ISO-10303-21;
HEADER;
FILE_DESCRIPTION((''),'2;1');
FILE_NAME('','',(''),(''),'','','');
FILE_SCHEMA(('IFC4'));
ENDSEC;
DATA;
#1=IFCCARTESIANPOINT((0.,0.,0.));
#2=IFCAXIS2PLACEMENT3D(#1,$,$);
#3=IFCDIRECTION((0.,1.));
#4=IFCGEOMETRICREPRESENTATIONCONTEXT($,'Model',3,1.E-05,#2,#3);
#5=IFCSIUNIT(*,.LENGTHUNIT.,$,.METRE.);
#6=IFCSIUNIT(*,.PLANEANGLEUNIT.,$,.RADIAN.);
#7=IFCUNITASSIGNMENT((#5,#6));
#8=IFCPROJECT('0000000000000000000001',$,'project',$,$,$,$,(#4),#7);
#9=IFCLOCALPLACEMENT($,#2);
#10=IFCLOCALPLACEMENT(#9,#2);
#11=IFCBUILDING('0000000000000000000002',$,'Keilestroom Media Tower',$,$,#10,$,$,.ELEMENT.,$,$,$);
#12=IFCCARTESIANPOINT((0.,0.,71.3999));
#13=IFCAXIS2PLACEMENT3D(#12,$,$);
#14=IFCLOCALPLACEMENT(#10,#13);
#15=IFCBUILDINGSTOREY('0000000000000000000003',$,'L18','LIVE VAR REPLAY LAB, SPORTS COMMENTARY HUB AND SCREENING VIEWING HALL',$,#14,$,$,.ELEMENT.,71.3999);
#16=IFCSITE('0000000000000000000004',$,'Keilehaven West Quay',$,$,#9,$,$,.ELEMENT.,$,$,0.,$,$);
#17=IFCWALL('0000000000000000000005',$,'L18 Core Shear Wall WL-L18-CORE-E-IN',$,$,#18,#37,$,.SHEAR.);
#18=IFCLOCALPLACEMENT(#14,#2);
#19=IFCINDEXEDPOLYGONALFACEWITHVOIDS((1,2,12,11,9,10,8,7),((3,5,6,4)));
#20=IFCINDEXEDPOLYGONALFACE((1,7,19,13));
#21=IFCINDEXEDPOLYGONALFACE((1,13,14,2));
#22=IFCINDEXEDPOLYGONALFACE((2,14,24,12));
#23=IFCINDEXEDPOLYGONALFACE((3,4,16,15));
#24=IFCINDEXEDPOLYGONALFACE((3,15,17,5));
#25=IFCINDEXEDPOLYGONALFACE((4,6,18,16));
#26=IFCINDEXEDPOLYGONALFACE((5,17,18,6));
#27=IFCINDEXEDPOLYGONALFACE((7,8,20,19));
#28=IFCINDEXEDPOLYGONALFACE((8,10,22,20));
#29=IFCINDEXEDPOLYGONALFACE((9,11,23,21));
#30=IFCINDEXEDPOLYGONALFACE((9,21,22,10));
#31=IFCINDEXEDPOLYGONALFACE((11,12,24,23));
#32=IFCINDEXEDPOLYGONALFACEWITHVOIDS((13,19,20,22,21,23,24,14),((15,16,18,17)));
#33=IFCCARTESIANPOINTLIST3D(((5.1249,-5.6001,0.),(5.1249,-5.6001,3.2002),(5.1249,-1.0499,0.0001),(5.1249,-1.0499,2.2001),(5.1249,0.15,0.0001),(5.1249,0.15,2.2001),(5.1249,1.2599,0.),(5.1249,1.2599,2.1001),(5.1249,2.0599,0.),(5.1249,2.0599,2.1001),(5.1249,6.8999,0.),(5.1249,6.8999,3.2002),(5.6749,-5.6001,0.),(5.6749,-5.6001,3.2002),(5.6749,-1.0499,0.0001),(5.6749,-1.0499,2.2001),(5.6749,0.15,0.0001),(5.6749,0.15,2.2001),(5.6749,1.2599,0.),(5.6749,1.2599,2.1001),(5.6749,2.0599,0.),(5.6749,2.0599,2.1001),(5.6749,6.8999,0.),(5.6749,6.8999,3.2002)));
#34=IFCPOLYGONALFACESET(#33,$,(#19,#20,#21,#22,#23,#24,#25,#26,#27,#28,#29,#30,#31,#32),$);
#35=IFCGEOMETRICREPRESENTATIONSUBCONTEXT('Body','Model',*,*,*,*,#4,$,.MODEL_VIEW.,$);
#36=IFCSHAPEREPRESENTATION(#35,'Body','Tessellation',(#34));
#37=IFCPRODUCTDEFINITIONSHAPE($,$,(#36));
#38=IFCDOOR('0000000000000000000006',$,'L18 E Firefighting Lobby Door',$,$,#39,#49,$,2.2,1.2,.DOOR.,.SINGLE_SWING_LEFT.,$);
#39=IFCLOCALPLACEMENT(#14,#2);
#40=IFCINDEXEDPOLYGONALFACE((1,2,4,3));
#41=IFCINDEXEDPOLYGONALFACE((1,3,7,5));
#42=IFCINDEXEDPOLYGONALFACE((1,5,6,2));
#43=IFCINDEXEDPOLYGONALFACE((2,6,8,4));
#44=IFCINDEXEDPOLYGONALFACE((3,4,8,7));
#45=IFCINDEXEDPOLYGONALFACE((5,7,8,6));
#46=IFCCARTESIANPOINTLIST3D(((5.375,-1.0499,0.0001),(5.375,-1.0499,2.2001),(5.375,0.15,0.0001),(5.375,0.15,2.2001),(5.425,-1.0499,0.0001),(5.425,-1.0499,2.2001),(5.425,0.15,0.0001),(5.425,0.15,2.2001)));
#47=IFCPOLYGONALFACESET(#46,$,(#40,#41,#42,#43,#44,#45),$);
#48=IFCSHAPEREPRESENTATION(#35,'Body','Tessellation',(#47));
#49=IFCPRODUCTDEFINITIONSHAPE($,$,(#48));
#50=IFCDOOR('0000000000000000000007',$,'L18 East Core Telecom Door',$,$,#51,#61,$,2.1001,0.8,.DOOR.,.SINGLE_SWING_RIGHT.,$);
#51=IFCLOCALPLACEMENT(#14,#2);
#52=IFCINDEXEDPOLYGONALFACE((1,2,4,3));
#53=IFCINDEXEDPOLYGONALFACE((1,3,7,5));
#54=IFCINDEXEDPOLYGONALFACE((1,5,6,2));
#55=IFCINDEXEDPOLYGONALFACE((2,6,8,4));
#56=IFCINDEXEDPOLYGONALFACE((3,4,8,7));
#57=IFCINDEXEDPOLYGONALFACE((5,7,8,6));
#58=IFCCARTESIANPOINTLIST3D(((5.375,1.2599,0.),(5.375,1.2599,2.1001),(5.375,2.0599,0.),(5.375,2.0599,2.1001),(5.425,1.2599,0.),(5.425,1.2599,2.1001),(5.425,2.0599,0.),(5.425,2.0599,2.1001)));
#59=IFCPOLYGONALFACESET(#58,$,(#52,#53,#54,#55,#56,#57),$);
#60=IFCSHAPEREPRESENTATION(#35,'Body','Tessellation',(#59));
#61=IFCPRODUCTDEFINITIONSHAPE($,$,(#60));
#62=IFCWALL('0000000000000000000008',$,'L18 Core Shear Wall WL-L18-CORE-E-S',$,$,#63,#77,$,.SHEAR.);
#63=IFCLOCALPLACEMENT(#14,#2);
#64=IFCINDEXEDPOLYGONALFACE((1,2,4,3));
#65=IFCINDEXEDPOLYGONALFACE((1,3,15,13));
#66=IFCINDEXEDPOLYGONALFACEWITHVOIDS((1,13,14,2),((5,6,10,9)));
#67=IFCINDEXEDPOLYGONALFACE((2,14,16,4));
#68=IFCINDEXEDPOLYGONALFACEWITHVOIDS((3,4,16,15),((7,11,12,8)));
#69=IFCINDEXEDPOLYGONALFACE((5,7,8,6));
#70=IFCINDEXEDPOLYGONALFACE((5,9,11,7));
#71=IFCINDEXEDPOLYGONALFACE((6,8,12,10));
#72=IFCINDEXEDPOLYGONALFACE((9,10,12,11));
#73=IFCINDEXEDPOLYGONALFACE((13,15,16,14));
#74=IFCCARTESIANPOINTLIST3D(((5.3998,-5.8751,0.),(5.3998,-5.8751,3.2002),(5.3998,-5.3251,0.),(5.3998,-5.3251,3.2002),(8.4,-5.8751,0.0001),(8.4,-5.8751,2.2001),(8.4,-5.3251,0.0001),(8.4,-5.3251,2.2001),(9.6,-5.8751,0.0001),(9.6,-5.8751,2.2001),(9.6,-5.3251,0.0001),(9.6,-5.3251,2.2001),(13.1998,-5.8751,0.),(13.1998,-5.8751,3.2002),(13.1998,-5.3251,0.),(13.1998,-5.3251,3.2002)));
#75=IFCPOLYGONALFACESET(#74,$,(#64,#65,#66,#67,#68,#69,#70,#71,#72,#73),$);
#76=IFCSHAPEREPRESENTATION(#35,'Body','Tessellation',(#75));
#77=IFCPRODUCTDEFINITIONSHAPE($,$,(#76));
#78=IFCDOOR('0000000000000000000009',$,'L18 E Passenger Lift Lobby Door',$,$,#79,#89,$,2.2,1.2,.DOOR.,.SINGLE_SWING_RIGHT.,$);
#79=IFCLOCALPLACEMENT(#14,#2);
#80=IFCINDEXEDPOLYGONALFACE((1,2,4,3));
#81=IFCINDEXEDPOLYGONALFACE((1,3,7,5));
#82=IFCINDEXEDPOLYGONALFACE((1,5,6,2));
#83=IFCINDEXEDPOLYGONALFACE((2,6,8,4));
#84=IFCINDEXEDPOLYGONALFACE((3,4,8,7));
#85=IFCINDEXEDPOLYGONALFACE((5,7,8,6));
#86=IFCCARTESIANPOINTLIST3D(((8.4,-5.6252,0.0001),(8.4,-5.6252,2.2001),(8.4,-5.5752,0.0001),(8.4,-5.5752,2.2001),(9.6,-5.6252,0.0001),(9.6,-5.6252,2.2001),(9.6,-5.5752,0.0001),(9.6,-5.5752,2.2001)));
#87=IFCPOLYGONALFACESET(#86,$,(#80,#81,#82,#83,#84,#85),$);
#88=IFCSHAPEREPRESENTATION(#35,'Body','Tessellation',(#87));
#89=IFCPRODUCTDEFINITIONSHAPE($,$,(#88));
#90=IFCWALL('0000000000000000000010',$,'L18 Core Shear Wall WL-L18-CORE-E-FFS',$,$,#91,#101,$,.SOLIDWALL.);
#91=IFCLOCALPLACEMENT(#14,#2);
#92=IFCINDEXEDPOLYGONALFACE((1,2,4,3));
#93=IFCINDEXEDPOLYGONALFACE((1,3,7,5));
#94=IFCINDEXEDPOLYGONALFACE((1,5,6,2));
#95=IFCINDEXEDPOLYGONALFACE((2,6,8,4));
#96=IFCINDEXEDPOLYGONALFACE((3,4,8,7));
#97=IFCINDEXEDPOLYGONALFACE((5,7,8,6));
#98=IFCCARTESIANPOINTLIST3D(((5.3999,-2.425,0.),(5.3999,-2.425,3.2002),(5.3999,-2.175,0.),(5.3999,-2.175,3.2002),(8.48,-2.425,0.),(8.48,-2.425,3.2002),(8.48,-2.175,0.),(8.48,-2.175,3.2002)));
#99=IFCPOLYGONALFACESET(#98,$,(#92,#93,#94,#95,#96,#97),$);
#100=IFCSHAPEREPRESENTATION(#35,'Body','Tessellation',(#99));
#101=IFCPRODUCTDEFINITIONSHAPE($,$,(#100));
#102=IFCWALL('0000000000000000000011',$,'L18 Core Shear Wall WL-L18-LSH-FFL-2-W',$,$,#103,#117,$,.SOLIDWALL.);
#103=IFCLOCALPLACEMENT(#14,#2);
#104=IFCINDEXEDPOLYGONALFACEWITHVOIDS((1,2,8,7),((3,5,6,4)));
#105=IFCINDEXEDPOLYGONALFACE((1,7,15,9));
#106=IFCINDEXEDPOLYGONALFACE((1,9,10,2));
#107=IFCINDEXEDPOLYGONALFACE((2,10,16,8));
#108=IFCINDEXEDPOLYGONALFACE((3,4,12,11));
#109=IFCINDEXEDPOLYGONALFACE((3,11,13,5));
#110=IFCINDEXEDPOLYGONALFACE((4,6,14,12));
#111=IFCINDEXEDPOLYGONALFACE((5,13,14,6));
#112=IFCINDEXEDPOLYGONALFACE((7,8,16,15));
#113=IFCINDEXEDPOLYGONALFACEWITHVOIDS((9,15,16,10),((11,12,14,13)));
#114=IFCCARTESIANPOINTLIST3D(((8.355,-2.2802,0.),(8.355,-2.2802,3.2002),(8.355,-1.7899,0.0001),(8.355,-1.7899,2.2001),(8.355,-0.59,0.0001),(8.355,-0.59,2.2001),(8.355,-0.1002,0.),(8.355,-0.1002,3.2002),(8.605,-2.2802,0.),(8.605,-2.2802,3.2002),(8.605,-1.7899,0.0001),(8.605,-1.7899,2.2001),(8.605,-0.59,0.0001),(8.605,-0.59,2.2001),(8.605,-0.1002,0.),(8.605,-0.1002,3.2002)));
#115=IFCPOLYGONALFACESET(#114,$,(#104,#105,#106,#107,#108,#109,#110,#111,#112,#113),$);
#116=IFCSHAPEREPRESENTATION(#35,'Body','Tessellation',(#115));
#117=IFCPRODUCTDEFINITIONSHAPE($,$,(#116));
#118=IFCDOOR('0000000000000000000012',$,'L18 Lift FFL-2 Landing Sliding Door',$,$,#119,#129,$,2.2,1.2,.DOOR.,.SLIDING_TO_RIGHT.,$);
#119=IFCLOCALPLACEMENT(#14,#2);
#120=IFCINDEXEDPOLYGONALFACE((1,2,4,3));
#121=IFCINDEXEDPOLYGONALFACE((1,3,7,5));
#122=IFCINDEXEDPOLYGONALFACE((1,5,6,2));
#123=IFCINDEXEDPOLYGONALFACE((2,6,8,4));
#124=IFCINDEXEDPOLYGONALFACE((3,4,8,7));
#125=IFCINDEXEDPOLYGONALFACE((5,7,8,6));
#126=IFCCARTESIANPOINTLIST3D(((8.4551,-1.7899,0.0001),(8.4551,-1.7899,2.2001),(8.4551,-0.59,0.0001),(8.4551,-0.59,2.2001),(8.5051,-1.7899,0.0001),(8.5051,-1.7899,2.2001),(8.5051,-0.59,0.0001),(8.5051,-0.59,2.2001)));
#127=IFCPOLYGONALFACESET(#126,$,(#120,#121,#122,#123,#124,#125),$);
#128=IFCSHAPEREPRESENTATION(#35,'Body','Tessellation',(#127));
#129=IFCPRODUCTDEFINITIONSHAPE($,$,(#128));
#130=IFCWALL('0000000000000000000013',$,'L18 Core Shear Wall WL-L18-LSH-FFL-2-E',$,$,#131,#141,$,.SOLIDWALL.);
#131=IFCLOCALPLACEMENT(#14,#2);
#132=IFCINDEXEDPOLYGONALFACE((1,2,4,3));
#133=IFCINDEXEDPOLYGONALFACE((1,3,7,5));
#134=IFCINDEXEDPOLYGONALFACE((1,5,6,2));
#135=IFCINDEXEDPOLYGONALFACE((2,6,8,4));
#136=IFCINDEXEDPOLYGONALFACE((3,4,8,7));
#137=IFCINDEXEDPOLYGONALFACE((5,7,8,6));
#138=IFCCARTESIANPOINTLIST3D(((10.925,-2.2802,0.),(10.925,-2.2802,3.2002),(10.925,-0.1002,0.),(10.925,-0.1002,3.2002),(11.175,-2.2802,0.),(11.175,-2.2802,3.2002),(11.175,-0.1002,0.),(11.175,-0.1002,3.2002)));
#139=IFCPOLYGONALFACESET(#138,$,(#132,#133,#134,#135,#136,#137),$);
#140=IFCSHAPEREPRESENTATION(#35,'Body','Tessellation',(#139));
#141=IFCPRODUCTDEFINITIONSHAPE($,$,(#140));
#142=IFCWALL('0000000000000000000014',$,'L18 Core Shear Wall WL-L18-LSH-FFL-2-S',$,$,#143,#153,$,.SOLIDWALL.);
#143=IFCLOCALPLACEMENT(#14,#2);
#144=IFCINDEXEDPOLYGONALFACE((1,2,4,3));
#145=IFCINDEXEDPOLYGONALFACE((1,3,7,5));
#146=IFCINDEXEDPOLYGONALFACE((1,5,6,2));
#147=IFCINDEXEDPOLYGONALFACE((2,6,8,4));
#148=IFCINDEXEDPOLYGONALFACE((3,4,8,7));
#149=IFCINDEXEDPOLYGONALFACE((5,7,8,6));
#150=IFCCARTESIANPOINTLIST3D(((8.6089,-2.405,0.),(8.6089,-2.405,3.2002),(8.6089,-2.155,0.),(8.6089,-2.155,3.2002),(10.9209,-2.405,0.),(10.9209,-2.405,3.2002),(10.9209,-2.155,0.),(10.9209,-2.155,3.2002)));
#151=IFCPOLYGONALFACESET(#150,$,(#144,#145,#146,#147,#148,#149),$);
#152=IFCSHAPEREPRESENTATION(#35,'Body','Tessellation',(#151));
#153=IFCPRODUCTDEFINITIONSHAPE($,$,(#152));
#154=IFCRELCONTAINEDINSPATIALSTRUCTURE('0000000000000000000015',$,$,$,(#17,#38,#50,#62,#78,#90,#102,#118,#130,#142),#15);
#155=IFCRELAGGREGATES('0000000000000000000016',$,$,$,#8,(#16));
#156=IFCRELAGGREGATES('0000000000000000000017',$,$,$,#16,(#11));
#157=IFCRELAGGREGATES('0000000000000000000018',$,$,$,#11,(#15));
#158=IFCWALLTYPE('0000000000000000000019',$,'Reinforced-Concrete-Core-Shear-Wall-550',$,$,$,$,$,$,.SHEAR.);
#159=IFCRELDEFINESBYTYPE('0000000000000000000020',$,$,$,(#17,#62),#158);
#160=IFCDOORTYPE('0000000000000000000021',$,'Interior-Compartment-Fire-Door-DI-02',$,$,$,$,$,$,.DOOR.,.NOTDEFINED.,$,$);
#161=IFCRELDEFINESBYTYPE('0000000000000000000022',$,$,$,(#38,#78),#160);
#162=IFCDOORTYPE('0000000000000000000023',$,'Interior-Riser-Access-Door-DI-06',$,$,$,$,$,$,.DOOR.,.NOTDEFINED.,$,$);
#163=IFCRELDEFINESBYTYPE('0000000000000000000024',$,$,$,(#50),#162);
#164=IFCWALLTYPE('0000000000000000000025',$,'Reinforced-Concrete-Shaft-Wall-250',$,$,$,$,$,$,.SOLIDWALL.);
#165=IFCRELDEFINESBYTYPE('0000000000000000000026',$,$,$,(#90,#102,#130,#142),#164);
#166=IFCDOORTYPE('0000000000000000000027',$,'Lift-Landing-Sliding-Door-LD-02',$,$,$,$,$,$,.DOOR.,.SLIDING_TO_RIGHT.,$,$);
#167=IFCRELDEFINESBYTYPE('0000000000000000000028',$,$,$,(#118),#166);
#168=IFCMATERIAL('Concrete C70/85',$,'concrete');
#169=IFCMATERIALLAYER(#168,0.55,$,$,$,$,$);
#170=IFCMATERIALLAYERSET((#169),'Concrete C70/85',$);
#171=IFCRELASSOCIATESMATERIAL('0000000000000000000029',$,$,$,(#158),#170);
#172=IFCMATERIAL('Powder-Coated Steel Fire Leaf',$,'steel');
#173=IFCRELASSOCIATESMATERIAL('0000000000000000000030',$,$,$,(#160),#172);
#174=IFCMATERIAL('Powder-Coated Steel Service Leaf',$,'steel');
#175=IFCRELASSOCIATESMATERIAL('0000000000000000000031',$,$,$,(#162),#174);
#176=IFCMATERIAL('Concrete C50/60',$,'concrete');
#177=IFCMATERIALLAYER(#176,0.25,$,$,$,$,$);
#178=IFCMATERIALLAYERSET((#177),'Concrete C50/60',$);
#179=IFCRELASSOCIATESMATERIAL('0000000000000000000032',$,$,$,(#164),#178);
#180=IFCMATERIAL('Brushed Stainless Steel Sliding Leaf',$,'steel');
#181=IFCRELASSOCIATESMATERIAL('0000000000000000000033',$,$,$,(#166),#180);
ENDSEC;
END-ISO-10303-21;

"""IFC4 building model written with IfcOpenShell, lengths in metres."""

from ifc_helpers import new_model, si_unit, direction, frame, frame_2d, origin, place, context, subcontext, project, spatial, rectangle, extrude, source, transform, mapped, material, layer, layer_set, type_object, element, fill, save


model = new_model("IFC4")

# Units and contexts
model_context = context("Model", 3, precision=1e-05, world=origin(), true_north=direction((0.0, 1.0)))
body_context = subcontext(model_context, "Body", "Model", "MODEL_VIEW")
ifc_project = project(units=[si_unit("LENGTHUNIT", "METRE"), si_unit("PLANEANGLEUNIT", "RADIAN")], contexts=[model_context])

# Site, building, storey
site_placement = place(None, origin())
site = spatial("IfcSite", under=ifc_project, at=site_placement, Name="Keilehaven West Quay", CompositionType="ELEMENT", RefElevation=0.0)
building_placement = place(site_placement, origin())
building = spatial("IfcBuilding", under=site, at=building_placement, Name="Keilestroom Media Tower", CompositionType="ELEMENT")
storey_placement = place(building_placement, frame((0.0, 0.0, 71.3999)))
storey = spatial("IfcBuildingStorey", under=building, at=storey_placement, Name="L18", Description="LIVE VAR REPLAY LAB, SPORTS COMMENTARY HUB AND SCREENING VIEWING HALL", CompositionType="ELEMENT", Elevation=71.3999)

# Shared definitions
ifc_material_1 = material(Name="Concrete C70/85", Category="concrete")

# Wall, openings, doors
ifc_layer_1 = layer(ifc_material_1, 0.55)
ifc_layer_set_1 = layer_set([ifc_layer_1], Name="Concrete C70/85")
wall_type_1 = type_object("IfcWallType", Name="Reinforced-Concrete-Core-Shear-Wall-550", PredefinedType="SHEAR", material=ifc_layer_set_1)
wall_1_placement = place(storey_placement, frame((5.3999, -5.6001, 0.0), z_axis=(0.0, 0.0, 1.0), x_axis=(0.0, 1.0, 0.0)))
wall_1 = element("IfcWall", 1, at=wall_1_placement, inside=storey, type_object=wall_type_1, Name="L18 Core Shear Wall WL-L18-CORE-E-IN", PredefinedType="SHEAR", context=body_context, shape_type="SweptSolid", body=[
    extrude(rectangle(XDim=12.5, YDim=0.55, at=frame_2d((6.25, 0.0))), origin(), (0.0, 0.0, 1.0), 3.2002),
])
opening_1_placement = place(wall_1_placement, frame((4.55, 0.0, 0.0)))
opening_1 = element("IfcOpeningElement", 2, at=opening_1_placement, cuts=wall_1, PredefinedType="OPENING", context=body_context, shape_type="SweptSolid", body=[
    extrude(rectangle(XDim=1.2, YDim=2.2, at=frame_2d((0.6001, 1.1001))), frame((0.0, 0.2852, 0.0), z_axis=(0.0, -1.0, 0.0), x_axis=(1.0, 0.0, 0.0)), (0.0, 0.0, 1.0), 0.5701),
])
opening_2_placement = place(wall_1_placement, frame((6.8601, 0.0, 0.0)))
opening_2 = element("IfcOpeningElement", 3, at=opening_2_placement, cuts=wall_1, PredefinedType="OPENING", context=body_context, shape_type="SweptSolid", body=[
    extrude(rectangle(XDim=0.8, YDim=2.1001, at=frame_2d((0.3999, 1.05))), frame((0.0, 0.2852, 0.0), z_axis=(0.0, -1.0, 0.0), x_axis=(1.0, 0.0, 0.0)), (0.0, 0.0, 1.0), 0.5701),
])
ifc_material_2 = material(Name="Powder-Coated Steel Fire Leaf", Category="steel")
door_type_1 = type_object("IfcDoorType", Name="Interior-Compartment-Fire-Door-DI-02", OperationType="NOTDEFINED", PredefinedType="DOOR", material=ifc_material_2)
shared_shape_1 = source(origin(), body_context, "Body", "SweptSolid", [
    extrude(rectangle(XDim=1.2, YDim=2.2, at=frame_2d((0.6001, 1.1001))), frame((0.0, 0.0249, 0.0), z_axis=(0.0, -1.0, 0.0), x_axis=(1.0, 0.0, 0.0)), (0.0, 0.0, 1.0), 0.05),
])
door_1_placement = place(opening_1_placement, origin())
door_1 = element("IfcDoor", 4, at=door_1_placement, inside=storey, type_object=door_type_1, Name="L18 E Firefighting Lobby Door", OperationType="SINGLE_SWING_LEFT", OverallHeight=2.2, OverallWidth=1.2, PredefinedType="DOOR", context=body_context, shape_type="MappedRepresentation", body=[
    mapped(shared_shape_1, transform((0.0, 0.0, 0.0), x_axis=(1.0, 0.0, 0.0), y_axis=(0.0, 1.0, 0.0), z_axis=(0.0, 0.0, 1.0), scale=1.0)),
])
fill(opening_1, door_1)
ifc_material_3 = material(Name="Powder-Coated Steel Service Leaf", Category="steel")
door_type_2 = type_object("IfcDoorType", Name="Interior-Riser-Access-Door-DI-06", OperationType="NOTDEFINED", PredefinedType="DOOR", material=ifc_material_3)
shared_shape_2 = source(origin(), body_context, "Body", "SweptSolid", [
    extrude(rectangle(XDim=0.8, YDim=2.1001, at=frame_2d((0.3999, 1.05))), frame((0.0, 0.0249, 0.0), z_axis=(0.0, -1.0, 0.0), x_axis=(1.0, 0.0, 0.0)), (0.0, 0.0, 1.0), 0.05),
])
door_2_placement = place(opening_2_placement, origin())
door_2 = element("IfcDoor", 5, at=door_2_placement, inside=storey, type_object=door_type_2, Name="L18 East Core Telecom Door", OperationType="SINGLE_SWING_RIGHT", OverallHeight=2.1001, OverallWidth=0.8, PredefinedType="DOOR", context=body_context, shape_type="MappedRepresentation", body=[
    mapped(shared_shape_2, transform((0.0, 0.0, 0.0), x_axis=(1.0, 0.0, 0.0), y_axis=(0.0, 1.0, 0.0), z_axis=(0.0, 0.0, 1.0), scale=1.0)),
])
fill(opening_2, door_2)

# Wall, opening, door
wall_2_placement = place(storey_placement, frame((5.3999, -5.6001, 0.0), z_axis=(0.0, 0.0, 1.0), x_axis=(1.0, 0.0, 0.0)))
wall_2 = element("IfcWall", 6, at=wall_2_placement, inside=storey, type_object=wall_type_1, Name="L18 Core Shear Wall WL-L18-CORE-E-S", PredefinedType="SHEAR", context=body_context, shape_type="SweptSolid", body=[
    extrude(rectangle(XDim=7.8, YDim=0.55, at=frame_2d((3.8999, 0.0))), origin(), (0.0, 0.0, 1.0), 3.2002),
])
opening_3_placement = place(wall_2_placement, frame((3.0, 0.0, 0.0)))
opening_3 = element("IfcOpeningElement", 7, at=opening_3_placement, cuts=wall_2, PredefinedType="OPENING", context=body_context, shape_type="SweptSolid", body=[
    extrude(rectangle(XDim=1.2, YDim=2.2, at=frame_2d((0.6001, 1.1001))), frame((0.0, 0.2852, 0.0), z_axis=(0.0, -1.0, 0.0), x_axis=(1.0, 0.0, 0.0)), (0.0, 0.0, 1.0), 0.5701),
])
door_3_placement = place(opening_3_placement, origin())
door_3 = element("IfcDoor", 8, at=door_3_placement, inside=storey, type_object=door_type_1, Name="L18 E Passenger Lift Lobby Door", OperationType="SINGLE_SWING_RIGHT", OverallHeight=2.2, OverallWidth=1.2, PredefinedType="DOOR", context=body_context, shape_type="MappedRepresentation", body=[
    mapped(shared_shape_1, transform((0.0, 0.0, 0.0), x_axis=(1.0, 0.0, 0.0), y_axis=(0.0, 1.0, 0.0), z_axis=(0.0, 0.0, 1.0), scale=1.0)),
])
fill(opening_3, door_3)

# Wall
ifc_material_4 = material(Name="Concrete C50/60", Category="concrete")
ifc_layer_2 = layer(ifc_material_4, 0.25)
ifc_layer_set_2 = layer_set([ifc_layer_2], Name="Concrete C50/60")
wall_type_2 = type_object("IfcWallType", Name="Reinforced-Concrete-Shaft-Wall-250", PredefinedType="SOLIDWALL", material=ifc_layer_set_2)
wall_3_placement = place(storey_placement, frame((5.3999, -2.3, 0.0), z_axis=(0.0, 0.0, 1.0), x_axis=(1.0, 0.0, 0.0)))
element("IfcWall", 9, at=wall_3_placement, inside=storey, type_object=wall_type_2, Name="L18 Core Shear Wall WL-L18-CORE-E-FFS", PredefinedType="SOLIDWALL", context=body_context, shape_type="SweptSolid", body=[
    extrude(rectangle(XDim=3.0801, YDim=0.25, at=frame_2d((1.54, 0.0))), origin(), (0.0, 0.0, 1.0), 3.2002),
])

# Wall, opening, door
wall_4_placement = place(storey_placement, frame((8.48, -2.28, 0.0), z_axis=(0.0, 0.0, 1.0), x_axis=(0.0, 1.0, 0.0)))
wall_4 = element("IfcWall", 10, at=wall_4_placement, inside=storey, type_object=wall_type_2, Name="L18 Core Shear Wall WL-L18-LSH-FFL-2-W", PredefinedType="SOLIDWALL", context=body_context, shape_type="SweptSolid", body=[
    extrude(rectangle(XDim=2.1799, YDim=0.25, at=frame_2d((1.0898, 0.0))), origin(), (0.0, 0.0, 1.0), 3.2002),
])
opening_4_placement = place(wall_4_placement, frame((0.49, 0.0, 0.0)))
opening_4 = element("IfcOpeningElement", 11, at=opening_4_placement, cuts=wall_4, PredefinedType="OPENING", context=body_context, shape_type="SweptSolid", body=[
    extrude(rectangle(XDim=1.2, YDim=2.2, at=frame_2d((0.6001, 1.1001))), frame((0.0, 0.135, 0.0), z_axis=(0.0, -1.0, 0.0), x_axis=(1.0, 0.0, 0.0)), (0.0, 0.0, 1.0), 0.27),
])
ifc_material_5 = material(Name="Brushed Stainless Steel Sliding Leaf", Category="steel")
door_type_3 = type_object("IfcDoorType", Name="Lift-Landing-Sliding-Door-LD-02", OperationType="SLIDING_TO_RIGHT", PredefinedType="DOOR", material=ifc_material_5)
door_4_placement = place(opening_4_placement, origin())
door_4 = element("IfcDoor", 12, at=door_4_placement, inside=storey, type_object=door_type_3, Name="L18 Lift FFL-2 Landing Sliding Door", OperationType="SLIDING_TO_RIGHT", OverallHeight=2.2, OverallWidth=1.2, PredefinedType="DOOR", context=body_context, shape_type="MappedRepresentation", body=[
    mapped(shared_shape_1, transform((0.0, 0.0, 0.0), x_axis=(1.0, 0.0, 0.0), y_axis=(0.0, 1.0, 0.0), z_axis=(0.0, 0.0, 1.0), scale=1.0)),
])
fill(opening_4, door_4)

# Walls
wall_5_placement = place(storey_placement, frame((11.05, -2.28, 0.0), z_axis=(0.0, 0.0, 1.0), x_axis=(0.0, 1.0, 0.0)))
element("IfcWall", 13, at=wall_5_placement, inside=storey, type_object=wall_type_2, Name="L18 Core Shear Wall WL-L18-LSH-FFL-2-E", PredefinedType="SOLIDWALL", context=body_context, shape_type="SweptSolid", body=[
    extrude(rectangle(XDim=2.1799, YDim=0.25, at=frame_2d((1.0898, 0.0))), origin(), (0.0, 0.0, 1.0), 3.2002),
])
wall_6_placement = place(storey_placement, frame((8.6089, -2.28, 0.0), z_axis=(0.0, 0.0, 1.0), x_axis=(1.0, 0.0, 0.0)))
element("IfcWall", 14, at=wall_6_placement, inside=storey, type_object=wall_type_2, Name="L18 Core Shear Wall WL-L18-LSH-FFL-2-S", PredefinedType="SOLIDWALL", context=body_context, shape_type="SweptSolid", body=[
    extrude(rectangle(XDim=2.312, YDim=0.25, at=frame_2d((1.156, 0.0))), origin(), (0.0, 0.0, 1.0), 3.2002),
])

save(model, "model.ifc")
